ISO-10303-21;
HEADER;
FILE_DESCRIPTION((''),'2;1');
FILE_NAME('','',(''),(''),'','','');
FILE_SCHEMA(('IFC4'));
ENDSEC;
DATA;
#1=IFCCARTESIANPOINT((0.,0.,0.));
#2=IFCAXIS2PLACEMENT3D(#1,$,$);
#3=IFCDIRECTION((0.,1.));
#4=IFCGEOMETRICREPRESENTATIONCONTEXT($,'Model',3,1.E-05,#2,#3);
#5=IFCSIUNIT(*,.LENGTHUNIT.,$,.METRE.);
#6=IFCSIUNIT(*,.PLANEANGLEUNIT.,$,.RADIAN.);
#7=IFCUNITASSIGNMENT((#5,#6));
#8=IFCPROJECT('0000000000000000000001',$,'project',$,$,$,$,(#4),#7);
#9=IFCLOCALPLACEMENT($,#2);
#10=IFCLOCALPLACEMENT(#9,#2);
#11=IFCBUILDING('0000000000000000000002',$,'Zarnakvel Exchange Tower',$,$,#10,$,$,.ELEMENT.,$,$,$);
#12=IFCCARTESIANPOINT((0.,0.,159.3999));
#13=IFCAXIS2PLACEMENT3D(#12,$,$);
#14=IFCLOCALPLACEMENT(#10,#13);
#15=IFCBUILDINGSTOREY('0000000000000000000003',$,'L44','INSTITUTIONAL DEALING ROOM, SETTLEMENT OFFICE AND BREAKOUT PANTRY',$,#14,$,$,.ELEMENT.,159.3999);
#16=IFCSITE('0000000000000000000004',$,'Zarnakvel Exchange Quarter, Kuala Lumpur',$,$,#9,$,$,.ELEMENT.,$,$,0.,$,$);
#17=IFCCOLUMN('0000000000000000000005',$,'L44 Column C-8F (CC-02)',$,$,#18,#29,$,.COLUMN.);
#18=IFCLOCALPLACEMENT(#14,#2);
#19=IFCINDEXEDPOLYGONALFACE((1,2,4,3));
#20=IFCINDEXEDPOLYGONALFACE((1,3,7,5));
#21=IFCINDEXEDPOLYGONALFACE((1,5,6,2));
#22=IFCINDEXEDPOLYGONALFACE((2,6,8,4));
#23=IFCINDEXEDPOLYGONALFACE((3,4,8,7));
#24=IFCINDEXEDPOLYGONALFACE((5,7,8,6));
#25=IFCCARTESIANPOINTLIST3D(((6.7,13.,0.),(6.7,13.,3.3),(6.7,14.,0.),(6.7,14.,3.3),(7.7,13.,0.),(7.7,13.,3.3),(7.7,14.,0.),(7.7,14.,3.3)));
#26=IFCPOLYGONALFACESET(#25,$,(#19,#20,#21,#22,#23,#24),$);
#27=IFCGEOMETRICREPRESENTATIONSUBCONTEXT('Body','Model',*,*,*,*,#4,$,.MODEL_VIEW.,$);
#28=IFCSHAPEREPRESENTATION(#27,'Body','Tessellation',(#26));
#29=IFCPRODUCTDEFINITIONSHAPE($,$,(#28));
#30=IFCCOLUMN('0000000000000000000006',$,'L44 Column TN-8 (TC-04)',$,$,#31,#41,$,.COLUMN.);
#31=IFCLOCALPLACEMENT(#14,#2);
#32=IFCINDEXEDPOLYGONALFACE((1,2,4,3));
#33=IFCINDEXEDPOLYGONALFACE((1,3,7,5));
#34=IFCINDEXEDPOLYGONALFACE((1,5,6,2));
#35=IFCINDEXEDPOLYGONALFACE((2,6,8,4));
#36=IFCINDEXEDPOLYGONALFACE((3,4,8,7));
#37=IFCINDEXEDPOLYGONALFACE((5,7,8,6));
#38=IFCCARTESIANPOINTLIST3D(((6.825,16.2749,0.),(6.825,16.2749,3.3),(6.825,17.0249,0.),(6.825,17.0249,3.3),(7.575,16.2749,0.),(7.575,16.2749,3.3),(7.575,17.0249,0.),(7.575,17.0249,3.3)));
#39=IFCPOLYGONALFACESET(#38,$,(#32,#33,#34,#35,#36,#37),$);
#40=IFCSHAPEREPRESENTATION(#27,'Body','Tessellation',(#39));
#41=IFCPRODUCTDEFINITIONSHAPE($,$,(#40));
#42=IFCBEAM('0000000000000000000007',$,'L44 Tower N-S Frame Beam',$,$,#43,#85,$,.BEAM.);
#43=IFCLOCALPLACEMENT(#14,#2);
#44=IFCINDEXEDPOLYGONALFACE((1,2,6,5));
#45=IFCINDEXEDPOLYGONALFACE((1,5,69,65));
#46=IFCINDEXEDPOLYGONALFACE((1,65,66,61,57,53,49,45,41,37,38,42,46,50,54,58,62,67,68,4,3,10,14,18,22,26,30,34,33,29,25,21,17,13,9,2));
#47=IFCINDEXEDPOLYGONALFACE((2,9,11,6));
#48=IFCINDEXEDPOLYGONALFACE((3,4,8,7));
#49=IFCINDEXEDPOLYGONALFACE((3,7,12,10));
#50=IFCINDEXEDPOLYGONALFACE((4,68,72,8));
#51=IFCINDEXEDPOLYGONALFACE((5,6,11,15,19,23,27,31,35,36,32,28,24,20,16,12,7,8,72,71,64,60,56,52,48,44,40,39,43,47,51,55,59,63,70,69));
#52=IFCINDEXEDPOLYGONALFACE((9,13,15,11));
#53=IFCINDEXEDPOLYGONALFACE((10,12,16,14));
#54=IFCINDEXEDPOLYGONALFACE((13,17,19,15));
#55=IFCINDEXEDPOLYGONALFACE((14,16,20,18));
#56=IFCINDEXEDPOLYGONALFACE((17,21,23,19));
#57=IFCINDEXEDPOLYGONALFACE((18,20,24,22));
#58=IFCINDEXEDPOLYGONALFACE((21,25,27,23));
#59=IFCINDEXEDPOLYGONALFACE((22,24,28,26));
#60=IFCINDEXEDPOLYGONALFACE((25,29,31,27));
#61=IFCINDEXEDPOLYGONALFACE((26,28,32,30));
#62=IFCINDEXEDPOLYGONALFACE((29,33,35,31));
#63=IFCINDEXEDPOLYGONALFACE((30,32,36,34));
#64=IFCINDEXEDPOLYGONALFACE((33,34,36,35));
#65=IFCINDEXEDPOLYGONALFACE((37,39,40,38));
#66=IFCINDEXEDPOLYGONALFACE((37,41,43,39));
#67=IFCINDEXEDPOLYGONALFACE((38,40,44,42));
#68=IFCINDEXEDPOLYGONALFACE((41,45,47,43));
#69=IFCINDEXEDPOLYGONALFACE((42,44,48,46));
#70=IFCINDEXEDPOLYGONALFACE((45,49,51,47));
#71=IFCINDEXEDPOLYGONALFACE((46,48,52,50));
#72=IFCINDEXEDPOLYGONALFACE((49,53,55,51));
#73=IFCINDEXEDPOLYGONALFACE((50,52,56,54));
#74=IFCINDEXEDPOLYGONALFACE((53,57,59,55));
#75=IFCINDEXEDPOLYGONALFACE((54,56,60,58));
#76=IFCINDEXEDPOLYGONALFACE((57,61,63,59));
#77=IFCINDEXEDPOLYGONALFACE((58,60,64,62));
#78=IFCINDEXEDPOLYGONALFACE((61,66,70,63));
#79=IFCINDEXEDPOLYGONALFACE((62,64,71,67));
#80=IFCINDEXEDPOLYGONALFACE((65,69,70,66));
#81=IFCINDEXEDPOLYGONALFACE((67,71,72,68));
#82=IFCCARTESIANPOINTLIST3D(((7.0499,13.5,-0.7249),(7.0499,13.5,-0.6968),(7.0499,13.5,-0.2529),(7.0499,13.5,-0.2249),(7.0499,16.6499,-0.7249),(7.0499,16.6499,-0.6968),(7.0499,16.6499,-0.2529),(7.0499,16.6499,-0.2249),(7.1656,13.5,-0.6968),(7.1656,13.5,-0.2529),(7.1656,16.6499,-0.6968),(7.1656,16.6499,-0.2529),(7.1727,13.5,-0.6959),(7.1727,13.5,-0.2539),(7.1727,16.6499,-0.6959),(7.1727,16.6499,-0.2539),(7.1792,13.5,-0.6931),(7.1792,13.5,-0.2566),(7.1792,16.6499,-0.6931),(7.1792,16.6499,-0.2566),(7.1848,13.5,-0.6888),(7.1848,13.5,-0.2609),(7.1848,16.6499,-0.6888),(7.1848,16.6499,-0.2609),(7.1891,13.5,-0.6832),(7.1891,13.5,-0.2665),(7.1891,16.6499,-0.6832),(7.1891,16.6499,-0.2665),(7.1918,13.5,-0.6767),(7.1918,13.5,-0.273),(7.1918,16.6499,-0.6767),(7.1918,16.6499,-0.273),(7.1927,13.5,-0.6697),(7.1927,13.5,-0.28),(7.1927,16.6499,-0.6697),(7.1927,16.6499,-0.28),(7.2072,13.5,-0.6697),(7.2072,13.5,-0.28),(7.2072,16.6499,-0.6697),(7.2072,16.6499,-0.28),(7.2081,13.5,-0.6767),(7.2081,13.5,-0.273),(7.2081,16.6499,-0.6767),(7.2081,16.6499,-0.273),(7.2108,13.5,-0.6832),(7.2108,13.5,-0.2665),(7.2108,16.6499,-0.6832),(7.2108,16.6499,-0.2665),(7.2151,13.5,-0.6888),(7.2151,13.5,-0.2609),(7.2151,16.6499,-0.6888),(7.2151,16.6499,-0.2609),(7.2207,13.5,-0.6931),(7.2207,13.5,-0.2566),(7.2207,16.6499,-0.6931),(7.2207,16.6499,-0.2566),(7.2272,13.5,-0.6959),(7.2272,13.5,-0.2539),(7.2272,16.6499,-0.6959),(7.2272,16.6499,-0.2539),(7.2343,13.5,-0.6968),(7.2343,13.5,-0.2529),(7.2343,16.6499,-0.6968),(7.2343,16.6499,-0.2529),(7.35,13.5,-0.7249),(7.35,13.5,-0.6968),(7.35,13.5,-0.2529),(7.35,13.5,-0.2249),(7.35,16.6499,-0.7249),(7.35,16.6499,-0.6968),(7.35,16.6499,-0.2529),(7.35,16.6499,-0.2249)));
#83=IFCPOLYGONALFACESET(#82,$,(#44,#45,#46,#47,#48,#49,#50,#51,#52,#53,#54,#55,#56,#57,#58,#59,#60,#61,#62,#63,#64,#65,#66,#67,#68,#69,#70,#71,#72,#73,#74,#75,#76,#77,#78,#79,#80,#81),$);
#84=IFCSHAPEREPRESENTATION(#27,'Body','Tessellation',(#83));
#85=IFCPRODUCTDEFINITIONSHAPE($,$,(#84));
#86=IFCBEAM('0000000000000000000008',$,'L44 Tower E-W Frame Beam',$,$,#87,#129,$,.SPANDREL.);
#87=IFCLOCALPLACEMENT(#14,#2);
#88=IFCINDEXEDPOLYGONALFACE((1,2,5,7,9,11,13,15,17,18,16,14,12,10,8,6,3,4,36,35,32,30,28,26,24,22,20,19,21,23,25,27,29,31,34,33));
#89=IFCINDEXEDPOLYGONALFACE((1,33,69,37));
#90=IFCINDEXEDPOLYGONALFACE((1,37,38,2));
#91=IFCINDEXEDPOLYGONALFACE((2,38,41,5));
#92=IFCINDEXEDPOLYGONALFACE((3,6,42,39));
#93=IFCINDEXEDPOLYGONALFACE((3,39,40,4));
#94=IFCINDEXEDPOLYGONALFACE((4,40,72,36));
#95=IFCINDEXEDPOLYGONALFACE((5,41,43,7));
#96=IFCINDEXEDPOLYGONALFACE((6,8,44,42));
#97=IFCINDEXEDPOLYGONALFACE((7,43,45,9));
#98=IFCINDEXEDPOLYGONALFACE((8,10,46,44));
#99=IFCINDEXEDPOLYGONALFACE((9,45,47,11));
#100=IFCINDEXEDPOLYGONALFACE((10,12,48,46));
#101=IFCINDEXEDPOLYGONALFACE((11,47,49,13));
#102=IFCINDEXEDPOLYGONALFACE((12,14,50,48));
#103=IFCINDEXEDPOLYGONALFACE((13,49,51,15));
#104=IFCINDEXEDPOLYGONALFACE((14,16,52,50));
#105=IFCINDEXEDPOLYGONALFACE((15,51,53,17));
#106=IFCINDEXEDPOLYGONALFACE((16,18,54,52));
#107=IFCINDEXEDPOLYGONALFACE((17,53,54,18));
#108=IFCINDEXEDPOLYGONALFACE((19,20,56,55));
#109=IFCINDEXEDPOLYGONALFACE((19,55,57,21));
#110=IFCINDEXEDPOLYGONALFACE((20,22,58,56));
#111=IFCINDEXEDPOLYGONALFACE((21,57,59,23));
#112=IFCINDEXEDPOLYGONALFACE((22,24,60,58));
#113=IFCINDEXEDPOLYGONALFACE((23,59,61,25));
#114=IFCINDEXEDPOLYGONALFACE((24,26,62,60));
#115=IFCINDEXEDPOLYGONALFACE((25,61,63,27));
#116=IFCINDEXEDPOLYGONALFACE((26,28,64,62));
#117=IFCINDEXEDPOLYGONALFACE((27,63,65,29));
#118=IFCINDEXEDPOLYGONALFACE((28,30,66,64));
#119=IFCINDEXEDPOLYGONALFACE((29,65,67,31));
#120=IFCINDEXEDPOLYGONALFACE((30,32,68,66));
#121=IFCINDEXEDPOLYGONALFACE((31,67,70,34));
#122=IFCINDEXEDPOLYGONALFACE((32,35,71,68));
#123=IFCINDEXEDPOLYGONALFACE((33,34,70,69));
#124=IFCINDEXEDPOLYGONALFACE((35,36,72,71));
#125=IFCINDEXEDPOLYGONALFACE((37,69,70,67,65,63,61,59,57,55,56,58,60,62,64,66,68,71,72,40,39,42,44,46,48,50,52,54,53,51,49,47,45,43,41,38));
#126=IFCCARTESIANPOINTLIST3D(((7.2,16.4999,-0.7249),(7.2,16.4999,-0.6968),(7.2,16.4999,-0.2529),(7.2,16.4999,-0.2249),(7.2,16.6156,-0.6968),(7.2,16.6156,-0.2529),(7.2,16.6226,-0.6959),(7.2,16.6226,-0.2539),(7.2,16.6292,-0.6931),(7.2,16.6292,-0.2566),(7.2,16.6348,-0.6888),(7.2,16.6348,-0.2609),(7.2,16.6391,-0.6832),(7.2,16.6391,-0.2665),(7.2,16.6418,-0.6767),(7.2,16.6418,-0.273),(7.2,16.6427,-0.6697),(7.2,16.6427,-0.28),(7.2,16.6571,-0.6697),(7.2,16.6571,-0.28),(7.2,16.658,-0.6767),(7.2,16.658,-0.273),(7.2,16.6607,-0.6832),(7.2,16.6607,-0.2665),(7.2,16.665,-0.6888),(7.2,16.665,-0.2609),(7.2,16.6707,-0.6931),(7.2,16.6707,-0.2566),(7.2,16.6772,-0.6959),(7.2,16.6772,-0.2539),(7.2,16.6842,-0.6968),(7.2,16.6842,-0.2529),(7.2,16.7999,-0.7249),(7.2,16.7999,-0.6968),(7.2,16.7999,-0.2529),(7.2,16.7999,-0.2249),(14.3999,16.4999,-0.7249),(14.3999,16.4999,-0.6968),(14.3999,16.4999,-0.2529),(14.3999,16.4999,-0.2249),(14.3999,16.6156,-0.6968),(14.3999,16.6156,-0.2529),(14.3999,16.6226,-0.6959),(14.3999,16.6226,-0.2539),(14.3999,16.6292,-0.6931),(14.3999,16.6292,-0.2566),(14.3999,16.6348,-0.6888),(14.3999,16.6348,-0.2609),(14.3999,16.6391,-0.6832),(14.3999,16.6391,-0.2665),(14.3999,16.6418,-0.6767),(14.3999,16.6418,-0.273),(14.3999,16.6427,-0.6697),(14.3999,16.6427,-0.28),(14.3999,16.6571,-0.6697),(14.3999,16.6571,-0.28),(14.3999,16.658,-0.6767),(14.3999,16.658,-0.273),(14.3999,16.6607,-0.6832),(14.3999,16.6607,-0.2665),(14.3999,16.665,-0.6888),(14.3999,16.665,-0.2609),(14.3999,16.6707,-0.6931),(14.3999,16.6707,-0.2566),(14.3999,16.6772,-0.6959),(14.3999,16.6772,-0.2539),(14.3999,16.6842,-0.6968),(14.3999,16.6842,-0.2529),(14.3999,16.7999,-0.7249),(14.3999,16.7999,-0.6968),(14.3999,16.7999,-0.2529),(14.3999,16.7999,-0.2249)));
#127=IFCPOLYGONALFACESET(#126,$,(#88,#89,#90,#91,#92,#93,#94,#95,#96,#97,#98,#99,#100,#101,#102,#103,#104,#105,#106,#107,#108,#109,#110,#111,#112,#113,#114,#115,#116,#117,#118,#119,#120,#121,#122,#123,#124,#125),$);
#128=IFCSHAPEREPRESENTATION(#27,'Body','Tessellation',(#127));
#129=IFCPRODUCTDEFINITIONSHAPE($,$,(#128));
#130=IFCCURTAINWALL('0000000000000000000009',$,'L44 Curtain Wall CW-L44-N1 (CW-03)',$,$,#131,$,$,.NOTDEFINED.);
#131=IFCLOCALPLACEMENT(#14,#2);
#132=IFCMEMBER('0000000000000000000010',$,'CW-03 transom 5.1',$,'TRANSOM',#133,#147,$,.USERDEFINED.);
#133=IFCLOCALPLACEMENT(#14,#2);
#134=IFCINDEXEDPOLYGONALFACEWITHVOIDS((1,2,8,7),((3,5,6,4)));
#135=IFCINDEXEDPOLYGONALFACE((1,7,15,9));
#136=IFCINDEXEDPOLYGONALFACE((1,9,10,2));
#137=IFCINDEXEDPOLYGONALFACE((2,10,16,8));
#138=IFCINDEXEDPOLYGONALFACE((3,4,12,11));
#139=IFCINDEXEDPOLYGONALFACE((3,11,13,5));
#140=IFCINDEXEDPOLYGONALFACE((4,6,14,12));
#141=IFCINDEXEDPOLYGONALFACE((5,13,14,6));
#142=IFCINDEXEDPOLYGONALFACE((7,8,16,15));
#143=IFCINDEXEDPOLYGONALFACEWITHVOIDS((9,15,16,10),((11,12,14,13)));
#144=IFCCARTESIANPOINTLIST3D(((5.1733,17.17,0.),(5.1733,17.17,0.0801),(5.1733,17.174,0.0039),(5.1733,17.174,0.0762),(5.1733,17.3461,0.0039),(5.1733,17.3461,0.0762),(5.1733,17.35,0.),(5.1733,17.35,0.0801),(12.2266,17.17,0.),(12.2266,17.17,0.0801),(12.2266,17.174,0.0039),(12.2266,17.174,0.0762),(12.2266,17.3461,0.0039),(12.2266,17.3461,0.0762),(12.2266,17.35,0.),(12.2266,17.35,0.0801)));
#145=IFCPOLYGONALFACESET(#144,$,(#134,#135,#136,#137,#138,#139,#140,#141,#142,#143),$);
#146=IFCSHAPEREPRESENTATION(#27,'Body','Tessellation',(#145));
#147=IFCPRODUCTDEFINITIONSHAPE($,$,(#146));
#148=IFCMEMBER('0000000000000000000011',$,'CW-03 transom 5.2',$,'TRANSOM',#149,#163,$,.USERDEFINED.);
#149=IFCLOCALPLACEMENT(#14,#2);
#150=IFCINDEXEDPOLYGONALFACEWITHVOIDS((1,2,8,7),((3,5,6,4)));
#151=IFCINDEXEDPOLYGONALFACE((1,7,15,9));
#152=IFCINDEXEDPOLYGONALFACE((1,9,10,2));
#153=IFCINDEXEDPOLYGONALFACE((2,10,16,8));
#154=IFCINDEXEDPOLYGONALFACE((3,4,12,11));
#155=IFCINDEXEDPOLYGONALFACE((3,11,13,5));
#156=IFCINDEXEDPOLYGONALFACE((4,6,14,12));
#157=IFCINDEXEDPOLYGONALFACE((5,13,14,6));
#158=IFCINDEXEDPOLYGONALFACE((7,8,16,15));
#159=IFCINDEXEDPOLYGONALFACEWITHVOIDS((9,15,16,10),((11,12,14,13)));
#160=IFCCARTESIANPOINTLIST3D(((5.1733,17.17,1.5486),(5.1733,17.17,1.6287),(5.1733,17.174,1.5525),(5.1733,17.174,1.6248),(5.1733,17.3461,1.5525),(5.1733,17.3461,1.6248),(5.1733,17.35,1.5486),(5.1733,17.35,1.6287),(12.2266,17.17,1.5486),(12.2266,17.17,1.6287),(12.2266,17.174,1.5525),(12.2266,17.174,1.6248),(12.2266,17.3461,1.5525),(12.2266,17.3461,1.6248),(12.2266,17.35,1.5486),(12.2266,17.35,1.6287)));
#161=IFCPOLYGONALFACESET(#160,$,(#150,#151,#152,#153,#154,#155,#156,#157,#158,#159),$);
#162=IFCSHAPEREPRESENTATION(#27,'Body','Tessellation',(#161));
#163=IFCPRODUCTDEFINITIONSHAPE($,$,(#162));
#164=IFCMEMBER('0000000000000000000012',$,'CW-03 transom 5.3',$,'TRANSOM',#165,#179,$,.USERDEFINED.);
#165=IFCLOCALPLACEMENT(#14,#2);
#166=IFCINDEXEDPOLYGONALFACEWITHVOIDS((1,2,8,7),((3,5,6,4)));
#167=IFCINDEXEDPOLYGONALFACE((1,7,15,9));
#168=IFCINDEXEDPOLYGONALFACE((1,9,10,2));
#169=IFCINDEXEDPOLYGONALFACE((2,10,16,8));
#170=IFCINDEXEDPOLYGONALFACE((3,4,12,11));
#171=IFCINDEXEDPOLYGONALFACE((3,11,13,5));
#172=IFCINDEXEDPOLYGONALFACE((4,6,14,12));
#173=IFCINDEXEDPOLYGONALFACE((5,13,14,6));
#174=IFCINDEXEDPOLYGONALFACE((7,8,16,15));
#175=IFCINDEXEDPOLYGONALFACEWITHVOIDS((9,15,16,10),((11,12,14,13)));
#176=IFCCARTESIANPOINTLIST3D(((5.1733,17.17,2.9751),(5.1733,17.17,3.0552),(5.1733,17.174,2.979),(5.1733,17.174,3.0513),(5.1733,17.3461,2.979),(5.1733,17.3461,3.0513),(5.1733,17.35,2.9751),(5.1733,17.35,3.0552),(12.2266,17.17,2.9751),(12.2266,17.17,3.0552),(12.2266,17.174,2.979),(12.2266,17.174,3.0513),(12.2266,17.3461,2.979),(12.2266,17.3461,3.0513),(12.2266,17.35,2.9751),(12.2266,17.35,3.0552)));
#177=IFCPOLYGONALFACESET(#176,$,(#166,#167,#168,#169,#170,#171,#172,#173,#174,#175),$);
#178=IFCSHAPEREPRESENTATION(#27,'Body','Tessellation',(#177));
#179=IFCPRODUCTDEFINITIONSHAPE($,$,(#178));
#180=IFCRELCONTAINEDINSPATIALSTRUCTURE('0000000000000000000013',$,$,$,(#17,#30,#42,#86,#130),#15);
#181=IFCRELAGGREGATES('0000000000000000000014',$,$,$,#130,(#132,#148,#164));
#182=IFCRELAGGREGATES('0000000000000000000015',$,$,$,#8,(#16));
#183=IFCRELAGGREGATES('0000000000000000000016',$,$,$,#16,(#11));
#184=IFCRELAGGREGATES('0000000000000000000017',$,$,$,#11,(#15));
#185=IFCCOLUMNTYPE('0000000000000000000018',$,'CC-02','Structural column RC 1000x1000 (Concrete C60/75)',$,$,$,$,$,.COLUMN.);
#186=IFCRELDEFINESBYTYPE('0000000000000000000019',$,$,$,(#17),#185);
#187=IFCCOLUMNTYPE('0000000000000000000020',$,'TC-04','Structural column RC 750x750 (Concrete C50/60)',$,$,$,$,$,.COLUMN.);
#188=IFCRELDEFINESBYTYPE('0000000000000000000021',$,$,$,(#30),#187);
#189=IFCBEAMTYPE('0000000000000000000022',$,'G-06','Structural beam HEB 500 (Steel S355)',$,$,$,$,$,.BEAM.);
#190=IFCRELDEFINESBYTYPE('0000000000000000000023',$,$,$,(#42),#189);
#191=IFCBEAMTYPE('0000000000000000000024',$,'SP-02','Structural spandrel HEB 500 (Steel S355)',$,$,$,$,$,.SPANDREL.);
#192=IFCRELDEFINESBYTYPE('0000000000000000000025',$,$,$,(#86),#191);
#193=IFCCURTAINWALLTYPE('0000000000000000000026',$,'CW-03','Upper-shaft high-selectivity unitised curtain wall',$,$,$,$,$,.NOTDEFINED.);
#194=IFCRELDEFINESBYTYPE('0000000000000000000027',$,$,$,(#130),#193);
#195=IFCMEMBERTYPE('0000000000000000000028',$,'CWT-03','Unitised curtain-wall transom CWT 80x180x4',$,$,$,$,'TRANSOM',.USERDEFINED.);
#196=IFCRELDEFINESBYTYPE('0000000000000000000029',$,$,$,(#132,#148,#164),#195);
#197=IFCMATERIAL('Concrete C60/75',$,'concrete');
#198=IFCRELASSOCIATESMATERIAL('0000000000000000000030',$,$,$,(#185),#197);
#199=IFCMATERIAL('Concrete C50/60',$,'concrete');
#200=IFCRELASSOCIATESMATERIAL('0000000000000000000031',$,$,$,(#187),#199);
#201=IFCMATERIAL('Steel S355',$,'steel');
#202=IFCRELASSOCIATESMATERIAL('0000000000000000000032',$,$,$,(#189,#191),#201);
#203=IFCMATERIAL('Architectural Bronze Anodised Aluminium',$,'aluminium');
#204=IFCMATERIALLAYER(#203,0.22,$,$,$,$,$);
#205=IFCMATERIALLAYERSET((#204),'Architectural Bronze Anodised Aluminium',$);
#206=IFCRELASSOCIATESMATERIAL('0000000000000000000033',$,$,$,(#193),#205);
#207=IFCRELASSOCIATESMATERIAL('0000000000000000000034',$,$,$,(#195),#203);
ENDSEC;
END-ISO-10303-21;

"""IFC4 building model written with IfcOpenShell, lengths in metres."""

from ifc_helpers import new_model, si_unit, direction, frame, origin, origin_2d, place, context, subcontext, project, spatial, rectangle, hollow_rectangle, i_section, extrude, source, transform, mapped, material, layer, layer_set, material_profile, profile_set, type_object, element, aggregate, save


model = new_model("IFC4")

# Units and contexts
model_context = context("Model", 3, precision=1e-05, world=origin(), true_north=direction((0.0, 1.0)))
body_context = subcontext(model_context, "Body", "Model", "MODEL_VIEW")
ifc_project = project(units=[si_unit("LENGTHUNIT", "METRE"), si_unit("PLANEANGLEUNIT", "RADIAN")], contexts=[model_context])

# Site, building, storey
site_placement = place(None, origin())
site = spatial("IfcSite", under=ifc_project, at=site_placement, Name="Zarnakvel Exchange Quarter, Kuala Lumpur", CompositionType="ELEMENT", RefElevation=0.0)
building_placement = place(site_placement, origin())
building = spatial("IfcBuilding", under=site, at=building_placement, Name="Zarnakvel Exchange Tower", CompositionType="ELEMENT")
storey_placement = place(building_placement, frame((0.0, 0.0, 159.3999)))
storey = spatial("IfcBuildingStorey", under=building, at=storey_placement, Name="L44", Description="INSTITUTIONAL DEALING ROOM, SETTLEMENT OFFICE AND BREAKOUT PANTRY", CompositionType="ELEMENT", Elevation=159.3999)

# Columns
ifc_material_1 = material(Name="Concrete C60/75", Category="concrete")
ifc_material_profile_1 = material_profile(ifc_material_1, rectangle(XDim=1.0, YDim=1.0, at=origin_2d()))
ifc_profile_set_1 = profile_set([ifc_material_profile_1], Name="Concrete C60/75")
column_type_1 = type_object("IfcColumnType", Name="CC-02", Description="Structural column RC 1000x1000 (Concrete C60/75)", PredefinedType="COLUMN", material=ifc_profile_set_1)
column_1_placement = place(storey_placement, frame((7.2, 13.5, 0.0), z_axis=(0.0, 0.0, 1.0), x_axis=(1.0, 0.0, 0.0)))
element("IfcColumn", 1, at=column_1_placement, inside=storey, type_object=column_type_1, Name="L44 Column C-8F (CC-02)", PredefinedType="COLUMN", context=body_context, shape_type="SweptSolid", body=[
    extrude(rectangle(XDim=1.0, YDim=1.0, at=origin_2d()), origin(), (0.0, 0.0, 1.0), 3.3),
])
ifc_material_2 = material(Name="Concrete C50/60", Category="concrete")
ifc_material_profile_2 = material_profile(ifc_material_2, rectangle(XDim=0.75, YDim=0.75, at=origin_2d()))
ifc_profile_set_2 = profile_set([ifc_material_profile_2], Name="Concrete C50/60")
column_type_2 = type_object("IfcColumnType", Name="TC-04", Description="Structural column RC 750x750 (Concrete C50/60)", PredefinedType="COLUMN", material=ifc_profile_set_2)
column_2_placement = place(storey_placement, frame((7.2, 16.6499, 0.0), z_axis=(0.0, 0.0, 1.0), x_axis=(1.0, 0.0, 0.0)))
element("IfcColumn", 2, at=column_2_placement, inside=storey, type_object=column_type_2, Name="L44 Column TN-8 (TC-04)", PredefinedType="COLUMN", context=body_context, shape_type="SweptSolid", body=[
    extrude(rectangle(XDim=0.75, YDim=0.75, at=origin_2d()), origin(), (0.0, 0.0, 1.0), 3.3),
])

# Beams
ifc_material_3 = material(Name="Steel S355", Category="steel")
ifc_material_profile_3 = material_profile(ifc_material_3, i_section(OverallWidth=0.3, OverallDepth=0.5, WebThickness=0.0144, FlangeThickness=0.0281, FilletRadius=0.0271, at=origin_2d()))
ifc_profile_set_3 = profile_set([ifc_material_profile_3], Name="Steel S355")
beam_type_1 = type_object("IfcBeamType", Name="G-06", Description="Structural beam HEB 500 (Steel S355)", PredefinedType="BEAM", material=ifc_profile_set_3)
beam_1_placement = place(storey_placement, frame((7.2, 13.5, -0.4749), z_axis=(0.0, 1.0, 0.0), x_axis=(-1.0, 0.0, 0.0)))
element("IfcBeam", 3, at=beam_1_placement, inside=storey, type_object=beam_type_1, Name="L44 Tower N-S Frame Beam", PredefinedType="BEAM", context=body_context, shape_type="SweptSolid", body=[
    extrude(i_section(OverallWidth=0.3, OverallDepth=0.5, WebThickness=0.0144, FlangeThickness=0.0281, FilletRadius=0.0271, at=origin_2d()), origin(), (0.0, 0.0, 1.0), 3.1499),
])
ifc_material_profile_4 = material_profile(ifc_material_3, i_section(OverallWidth=0.3, OverallDepth=0.5, WebThickness=0.0144, FlangeThickness=0.0281, FilletRadius=0.0271, at=origin_2d()))
ifc_profile_set_4 = profile_set([ifc_material_profile_4], Name="Steel S355")
beam_type_2 = type_object("IfcBeamType", Name="SP-02", Description="Structural spandrel HEB 500 (Steel S355)", PredefinedType="SPANDREL", material=ifc_profile_set_4)
beam_2_placement = place(storey_placement, frame((7.2, 16.6499, -0.4749), z_axis=(1.0, 0.0, 0.0), x_axis=(0.0, 1.0, 0.0)))
element("IfcBeam", 4, at=beam_2_placement, inside=storey, type_object=beam_type_2, Name="L44 Tower E-W Frame Beam", PredefinedType="SPANDREL", context=body_context, shape_type="SweptSolid", body=[
    extrude(i_section(OverallWidth=0.3, OverallDepth=0.5, WebThickness=0.0144, FlangeThickness=0.0281, FilletRadius=0.0271, at=origin_2d()), origin(), (0.0, 0.0, 1.0), 7.2),
])

# Curtain wall, members
ifc_material_4 = material(Name="Architectural Bronze Anodised Aluminium", Category="aluminium")
ifc_layer_1 = layer(ifc_material_4, 0.22)
ifc_layer_set_1 = layer_set([ifc_layer_1], Name="Architectural Bronze Anodised Aluminium")
curtain_wall_type = type_object("IfcCurtainWallType", Name="CW-03", Description="Upper-shaft high-selectivity unitised curtain wall", PredefinedType="NOTDEFINED", material=ifc_layer_set_1)
curtain_wall_placement = place(storey_placement, origin())
curtain_wall = element("IfcCurtainWall", 5, at=curtain_wall_placement, inside=storey, type_object=curtain_wall_type, Name="L44 Curtain Wall CW-L44-N1 (CW-03)", PredefinedType="NOTDEFINED")
ifc_material_profile_5 = material_profile(ifc_material_4, hollow_rectangle(XDim=0.1799, YDim=0.0801, WallThickness=0.0039, at=origin_2d()))
ifc_profile_set_5 = profile_set([ifc_material_profile_5], Name="Architectural Bronze Anodised Aluminium")
member_type_1 = type_object("IfcMemberType", Name="CWT-03", Description="Unitised curtain-wall transom CWT 80x180x4", ElementType="TRANSOM", PredefinedType="USERDEFINED", material=ifc_profile_set_5)
shared_shape_1 = source(origin(), body_context, "Body", "SweptSolid", [
    extrude(hollow_rectangle(XDim=0.1799, YDim=0.0801, WallThickness=0.0039, at=origin_2d()), origin(), (0.0, 0.0, 1.0), 7.0532),
])
member_1_placement = place(storey_placement, frame((5.1733, 17.26, 0.04), z_axis=(1.0, 0.0, 0.0), x_axis=(0.0, 1.0, 0.0)))
member_1 = element("IfcMember", 6, at=member_1_placement, type_object=member_type_1, Name="CW-03 transom 5.1", ObjectType="TRANSOM", PredefinedType="USERDEFINED", context=body_context, shape_type="MappedRepresentation", body=[
    mapped(shared_shape_1, transform((0.0, 0.0, 0.0), x_axis=(1.0, 0.0, 0.0), y_axis=(0.0, 1.0, 0.0), z_axis=(0.0, 0.0, 1.0), scale=1.0)),
])
member_2_placement = place(storey_placement, frame((5.1733, 17.26, 1.5886), z_axis=(1.0, 0.0, 0.0), x_axis=(0.0, 1.0, 0.0)))
member_2 = element("IfcMember", 7, at=member_2_placement, type_object=member_type_1, Name="CW-03 transom 5.2", ObjectType="TRANSOM", PredefinedType="USERDEFINED", context=body_context, shape_type="MappedRepresentation", body=[
    mapped(shared_shape_1, transform((0.0, 0.0, 0.0), x_axis=(1.0, 0.0, 0.0), y_axis=(0.0, 1.0, 0.0), z_axis=(0.0, 0.0, 1.0), scale=1.0)),
])
member_3_placement = place(storey_placement, frame((5.1733, 17.26, 3.0151), z_axis=(1.0, 0.0, 0.0), x_axis=(0.0, 1.0, 0.0)))
member_3 = element("IfcMember", 8, at=member_3_placement, type_object=member_type_1, Name="CW-03 transom 5.3", ObjectType="TRANSOM", PredefinedType="USERDEFINED", context=body_context, shape_type="MappedRepresentation", body=[
    mapped(shared_shape_1, transform((0.0, 0.0, 0.0), x_axis=(1.0, 0.0, 0.0), y_axis=(0.0, 1.0, 0.0), z_axis=(0.0, 0.0, 1.0), scale=1.0)),
])
aggregate(curtain_wall, [member_1, member_2, member_3])

save(model, "model.ifc")
